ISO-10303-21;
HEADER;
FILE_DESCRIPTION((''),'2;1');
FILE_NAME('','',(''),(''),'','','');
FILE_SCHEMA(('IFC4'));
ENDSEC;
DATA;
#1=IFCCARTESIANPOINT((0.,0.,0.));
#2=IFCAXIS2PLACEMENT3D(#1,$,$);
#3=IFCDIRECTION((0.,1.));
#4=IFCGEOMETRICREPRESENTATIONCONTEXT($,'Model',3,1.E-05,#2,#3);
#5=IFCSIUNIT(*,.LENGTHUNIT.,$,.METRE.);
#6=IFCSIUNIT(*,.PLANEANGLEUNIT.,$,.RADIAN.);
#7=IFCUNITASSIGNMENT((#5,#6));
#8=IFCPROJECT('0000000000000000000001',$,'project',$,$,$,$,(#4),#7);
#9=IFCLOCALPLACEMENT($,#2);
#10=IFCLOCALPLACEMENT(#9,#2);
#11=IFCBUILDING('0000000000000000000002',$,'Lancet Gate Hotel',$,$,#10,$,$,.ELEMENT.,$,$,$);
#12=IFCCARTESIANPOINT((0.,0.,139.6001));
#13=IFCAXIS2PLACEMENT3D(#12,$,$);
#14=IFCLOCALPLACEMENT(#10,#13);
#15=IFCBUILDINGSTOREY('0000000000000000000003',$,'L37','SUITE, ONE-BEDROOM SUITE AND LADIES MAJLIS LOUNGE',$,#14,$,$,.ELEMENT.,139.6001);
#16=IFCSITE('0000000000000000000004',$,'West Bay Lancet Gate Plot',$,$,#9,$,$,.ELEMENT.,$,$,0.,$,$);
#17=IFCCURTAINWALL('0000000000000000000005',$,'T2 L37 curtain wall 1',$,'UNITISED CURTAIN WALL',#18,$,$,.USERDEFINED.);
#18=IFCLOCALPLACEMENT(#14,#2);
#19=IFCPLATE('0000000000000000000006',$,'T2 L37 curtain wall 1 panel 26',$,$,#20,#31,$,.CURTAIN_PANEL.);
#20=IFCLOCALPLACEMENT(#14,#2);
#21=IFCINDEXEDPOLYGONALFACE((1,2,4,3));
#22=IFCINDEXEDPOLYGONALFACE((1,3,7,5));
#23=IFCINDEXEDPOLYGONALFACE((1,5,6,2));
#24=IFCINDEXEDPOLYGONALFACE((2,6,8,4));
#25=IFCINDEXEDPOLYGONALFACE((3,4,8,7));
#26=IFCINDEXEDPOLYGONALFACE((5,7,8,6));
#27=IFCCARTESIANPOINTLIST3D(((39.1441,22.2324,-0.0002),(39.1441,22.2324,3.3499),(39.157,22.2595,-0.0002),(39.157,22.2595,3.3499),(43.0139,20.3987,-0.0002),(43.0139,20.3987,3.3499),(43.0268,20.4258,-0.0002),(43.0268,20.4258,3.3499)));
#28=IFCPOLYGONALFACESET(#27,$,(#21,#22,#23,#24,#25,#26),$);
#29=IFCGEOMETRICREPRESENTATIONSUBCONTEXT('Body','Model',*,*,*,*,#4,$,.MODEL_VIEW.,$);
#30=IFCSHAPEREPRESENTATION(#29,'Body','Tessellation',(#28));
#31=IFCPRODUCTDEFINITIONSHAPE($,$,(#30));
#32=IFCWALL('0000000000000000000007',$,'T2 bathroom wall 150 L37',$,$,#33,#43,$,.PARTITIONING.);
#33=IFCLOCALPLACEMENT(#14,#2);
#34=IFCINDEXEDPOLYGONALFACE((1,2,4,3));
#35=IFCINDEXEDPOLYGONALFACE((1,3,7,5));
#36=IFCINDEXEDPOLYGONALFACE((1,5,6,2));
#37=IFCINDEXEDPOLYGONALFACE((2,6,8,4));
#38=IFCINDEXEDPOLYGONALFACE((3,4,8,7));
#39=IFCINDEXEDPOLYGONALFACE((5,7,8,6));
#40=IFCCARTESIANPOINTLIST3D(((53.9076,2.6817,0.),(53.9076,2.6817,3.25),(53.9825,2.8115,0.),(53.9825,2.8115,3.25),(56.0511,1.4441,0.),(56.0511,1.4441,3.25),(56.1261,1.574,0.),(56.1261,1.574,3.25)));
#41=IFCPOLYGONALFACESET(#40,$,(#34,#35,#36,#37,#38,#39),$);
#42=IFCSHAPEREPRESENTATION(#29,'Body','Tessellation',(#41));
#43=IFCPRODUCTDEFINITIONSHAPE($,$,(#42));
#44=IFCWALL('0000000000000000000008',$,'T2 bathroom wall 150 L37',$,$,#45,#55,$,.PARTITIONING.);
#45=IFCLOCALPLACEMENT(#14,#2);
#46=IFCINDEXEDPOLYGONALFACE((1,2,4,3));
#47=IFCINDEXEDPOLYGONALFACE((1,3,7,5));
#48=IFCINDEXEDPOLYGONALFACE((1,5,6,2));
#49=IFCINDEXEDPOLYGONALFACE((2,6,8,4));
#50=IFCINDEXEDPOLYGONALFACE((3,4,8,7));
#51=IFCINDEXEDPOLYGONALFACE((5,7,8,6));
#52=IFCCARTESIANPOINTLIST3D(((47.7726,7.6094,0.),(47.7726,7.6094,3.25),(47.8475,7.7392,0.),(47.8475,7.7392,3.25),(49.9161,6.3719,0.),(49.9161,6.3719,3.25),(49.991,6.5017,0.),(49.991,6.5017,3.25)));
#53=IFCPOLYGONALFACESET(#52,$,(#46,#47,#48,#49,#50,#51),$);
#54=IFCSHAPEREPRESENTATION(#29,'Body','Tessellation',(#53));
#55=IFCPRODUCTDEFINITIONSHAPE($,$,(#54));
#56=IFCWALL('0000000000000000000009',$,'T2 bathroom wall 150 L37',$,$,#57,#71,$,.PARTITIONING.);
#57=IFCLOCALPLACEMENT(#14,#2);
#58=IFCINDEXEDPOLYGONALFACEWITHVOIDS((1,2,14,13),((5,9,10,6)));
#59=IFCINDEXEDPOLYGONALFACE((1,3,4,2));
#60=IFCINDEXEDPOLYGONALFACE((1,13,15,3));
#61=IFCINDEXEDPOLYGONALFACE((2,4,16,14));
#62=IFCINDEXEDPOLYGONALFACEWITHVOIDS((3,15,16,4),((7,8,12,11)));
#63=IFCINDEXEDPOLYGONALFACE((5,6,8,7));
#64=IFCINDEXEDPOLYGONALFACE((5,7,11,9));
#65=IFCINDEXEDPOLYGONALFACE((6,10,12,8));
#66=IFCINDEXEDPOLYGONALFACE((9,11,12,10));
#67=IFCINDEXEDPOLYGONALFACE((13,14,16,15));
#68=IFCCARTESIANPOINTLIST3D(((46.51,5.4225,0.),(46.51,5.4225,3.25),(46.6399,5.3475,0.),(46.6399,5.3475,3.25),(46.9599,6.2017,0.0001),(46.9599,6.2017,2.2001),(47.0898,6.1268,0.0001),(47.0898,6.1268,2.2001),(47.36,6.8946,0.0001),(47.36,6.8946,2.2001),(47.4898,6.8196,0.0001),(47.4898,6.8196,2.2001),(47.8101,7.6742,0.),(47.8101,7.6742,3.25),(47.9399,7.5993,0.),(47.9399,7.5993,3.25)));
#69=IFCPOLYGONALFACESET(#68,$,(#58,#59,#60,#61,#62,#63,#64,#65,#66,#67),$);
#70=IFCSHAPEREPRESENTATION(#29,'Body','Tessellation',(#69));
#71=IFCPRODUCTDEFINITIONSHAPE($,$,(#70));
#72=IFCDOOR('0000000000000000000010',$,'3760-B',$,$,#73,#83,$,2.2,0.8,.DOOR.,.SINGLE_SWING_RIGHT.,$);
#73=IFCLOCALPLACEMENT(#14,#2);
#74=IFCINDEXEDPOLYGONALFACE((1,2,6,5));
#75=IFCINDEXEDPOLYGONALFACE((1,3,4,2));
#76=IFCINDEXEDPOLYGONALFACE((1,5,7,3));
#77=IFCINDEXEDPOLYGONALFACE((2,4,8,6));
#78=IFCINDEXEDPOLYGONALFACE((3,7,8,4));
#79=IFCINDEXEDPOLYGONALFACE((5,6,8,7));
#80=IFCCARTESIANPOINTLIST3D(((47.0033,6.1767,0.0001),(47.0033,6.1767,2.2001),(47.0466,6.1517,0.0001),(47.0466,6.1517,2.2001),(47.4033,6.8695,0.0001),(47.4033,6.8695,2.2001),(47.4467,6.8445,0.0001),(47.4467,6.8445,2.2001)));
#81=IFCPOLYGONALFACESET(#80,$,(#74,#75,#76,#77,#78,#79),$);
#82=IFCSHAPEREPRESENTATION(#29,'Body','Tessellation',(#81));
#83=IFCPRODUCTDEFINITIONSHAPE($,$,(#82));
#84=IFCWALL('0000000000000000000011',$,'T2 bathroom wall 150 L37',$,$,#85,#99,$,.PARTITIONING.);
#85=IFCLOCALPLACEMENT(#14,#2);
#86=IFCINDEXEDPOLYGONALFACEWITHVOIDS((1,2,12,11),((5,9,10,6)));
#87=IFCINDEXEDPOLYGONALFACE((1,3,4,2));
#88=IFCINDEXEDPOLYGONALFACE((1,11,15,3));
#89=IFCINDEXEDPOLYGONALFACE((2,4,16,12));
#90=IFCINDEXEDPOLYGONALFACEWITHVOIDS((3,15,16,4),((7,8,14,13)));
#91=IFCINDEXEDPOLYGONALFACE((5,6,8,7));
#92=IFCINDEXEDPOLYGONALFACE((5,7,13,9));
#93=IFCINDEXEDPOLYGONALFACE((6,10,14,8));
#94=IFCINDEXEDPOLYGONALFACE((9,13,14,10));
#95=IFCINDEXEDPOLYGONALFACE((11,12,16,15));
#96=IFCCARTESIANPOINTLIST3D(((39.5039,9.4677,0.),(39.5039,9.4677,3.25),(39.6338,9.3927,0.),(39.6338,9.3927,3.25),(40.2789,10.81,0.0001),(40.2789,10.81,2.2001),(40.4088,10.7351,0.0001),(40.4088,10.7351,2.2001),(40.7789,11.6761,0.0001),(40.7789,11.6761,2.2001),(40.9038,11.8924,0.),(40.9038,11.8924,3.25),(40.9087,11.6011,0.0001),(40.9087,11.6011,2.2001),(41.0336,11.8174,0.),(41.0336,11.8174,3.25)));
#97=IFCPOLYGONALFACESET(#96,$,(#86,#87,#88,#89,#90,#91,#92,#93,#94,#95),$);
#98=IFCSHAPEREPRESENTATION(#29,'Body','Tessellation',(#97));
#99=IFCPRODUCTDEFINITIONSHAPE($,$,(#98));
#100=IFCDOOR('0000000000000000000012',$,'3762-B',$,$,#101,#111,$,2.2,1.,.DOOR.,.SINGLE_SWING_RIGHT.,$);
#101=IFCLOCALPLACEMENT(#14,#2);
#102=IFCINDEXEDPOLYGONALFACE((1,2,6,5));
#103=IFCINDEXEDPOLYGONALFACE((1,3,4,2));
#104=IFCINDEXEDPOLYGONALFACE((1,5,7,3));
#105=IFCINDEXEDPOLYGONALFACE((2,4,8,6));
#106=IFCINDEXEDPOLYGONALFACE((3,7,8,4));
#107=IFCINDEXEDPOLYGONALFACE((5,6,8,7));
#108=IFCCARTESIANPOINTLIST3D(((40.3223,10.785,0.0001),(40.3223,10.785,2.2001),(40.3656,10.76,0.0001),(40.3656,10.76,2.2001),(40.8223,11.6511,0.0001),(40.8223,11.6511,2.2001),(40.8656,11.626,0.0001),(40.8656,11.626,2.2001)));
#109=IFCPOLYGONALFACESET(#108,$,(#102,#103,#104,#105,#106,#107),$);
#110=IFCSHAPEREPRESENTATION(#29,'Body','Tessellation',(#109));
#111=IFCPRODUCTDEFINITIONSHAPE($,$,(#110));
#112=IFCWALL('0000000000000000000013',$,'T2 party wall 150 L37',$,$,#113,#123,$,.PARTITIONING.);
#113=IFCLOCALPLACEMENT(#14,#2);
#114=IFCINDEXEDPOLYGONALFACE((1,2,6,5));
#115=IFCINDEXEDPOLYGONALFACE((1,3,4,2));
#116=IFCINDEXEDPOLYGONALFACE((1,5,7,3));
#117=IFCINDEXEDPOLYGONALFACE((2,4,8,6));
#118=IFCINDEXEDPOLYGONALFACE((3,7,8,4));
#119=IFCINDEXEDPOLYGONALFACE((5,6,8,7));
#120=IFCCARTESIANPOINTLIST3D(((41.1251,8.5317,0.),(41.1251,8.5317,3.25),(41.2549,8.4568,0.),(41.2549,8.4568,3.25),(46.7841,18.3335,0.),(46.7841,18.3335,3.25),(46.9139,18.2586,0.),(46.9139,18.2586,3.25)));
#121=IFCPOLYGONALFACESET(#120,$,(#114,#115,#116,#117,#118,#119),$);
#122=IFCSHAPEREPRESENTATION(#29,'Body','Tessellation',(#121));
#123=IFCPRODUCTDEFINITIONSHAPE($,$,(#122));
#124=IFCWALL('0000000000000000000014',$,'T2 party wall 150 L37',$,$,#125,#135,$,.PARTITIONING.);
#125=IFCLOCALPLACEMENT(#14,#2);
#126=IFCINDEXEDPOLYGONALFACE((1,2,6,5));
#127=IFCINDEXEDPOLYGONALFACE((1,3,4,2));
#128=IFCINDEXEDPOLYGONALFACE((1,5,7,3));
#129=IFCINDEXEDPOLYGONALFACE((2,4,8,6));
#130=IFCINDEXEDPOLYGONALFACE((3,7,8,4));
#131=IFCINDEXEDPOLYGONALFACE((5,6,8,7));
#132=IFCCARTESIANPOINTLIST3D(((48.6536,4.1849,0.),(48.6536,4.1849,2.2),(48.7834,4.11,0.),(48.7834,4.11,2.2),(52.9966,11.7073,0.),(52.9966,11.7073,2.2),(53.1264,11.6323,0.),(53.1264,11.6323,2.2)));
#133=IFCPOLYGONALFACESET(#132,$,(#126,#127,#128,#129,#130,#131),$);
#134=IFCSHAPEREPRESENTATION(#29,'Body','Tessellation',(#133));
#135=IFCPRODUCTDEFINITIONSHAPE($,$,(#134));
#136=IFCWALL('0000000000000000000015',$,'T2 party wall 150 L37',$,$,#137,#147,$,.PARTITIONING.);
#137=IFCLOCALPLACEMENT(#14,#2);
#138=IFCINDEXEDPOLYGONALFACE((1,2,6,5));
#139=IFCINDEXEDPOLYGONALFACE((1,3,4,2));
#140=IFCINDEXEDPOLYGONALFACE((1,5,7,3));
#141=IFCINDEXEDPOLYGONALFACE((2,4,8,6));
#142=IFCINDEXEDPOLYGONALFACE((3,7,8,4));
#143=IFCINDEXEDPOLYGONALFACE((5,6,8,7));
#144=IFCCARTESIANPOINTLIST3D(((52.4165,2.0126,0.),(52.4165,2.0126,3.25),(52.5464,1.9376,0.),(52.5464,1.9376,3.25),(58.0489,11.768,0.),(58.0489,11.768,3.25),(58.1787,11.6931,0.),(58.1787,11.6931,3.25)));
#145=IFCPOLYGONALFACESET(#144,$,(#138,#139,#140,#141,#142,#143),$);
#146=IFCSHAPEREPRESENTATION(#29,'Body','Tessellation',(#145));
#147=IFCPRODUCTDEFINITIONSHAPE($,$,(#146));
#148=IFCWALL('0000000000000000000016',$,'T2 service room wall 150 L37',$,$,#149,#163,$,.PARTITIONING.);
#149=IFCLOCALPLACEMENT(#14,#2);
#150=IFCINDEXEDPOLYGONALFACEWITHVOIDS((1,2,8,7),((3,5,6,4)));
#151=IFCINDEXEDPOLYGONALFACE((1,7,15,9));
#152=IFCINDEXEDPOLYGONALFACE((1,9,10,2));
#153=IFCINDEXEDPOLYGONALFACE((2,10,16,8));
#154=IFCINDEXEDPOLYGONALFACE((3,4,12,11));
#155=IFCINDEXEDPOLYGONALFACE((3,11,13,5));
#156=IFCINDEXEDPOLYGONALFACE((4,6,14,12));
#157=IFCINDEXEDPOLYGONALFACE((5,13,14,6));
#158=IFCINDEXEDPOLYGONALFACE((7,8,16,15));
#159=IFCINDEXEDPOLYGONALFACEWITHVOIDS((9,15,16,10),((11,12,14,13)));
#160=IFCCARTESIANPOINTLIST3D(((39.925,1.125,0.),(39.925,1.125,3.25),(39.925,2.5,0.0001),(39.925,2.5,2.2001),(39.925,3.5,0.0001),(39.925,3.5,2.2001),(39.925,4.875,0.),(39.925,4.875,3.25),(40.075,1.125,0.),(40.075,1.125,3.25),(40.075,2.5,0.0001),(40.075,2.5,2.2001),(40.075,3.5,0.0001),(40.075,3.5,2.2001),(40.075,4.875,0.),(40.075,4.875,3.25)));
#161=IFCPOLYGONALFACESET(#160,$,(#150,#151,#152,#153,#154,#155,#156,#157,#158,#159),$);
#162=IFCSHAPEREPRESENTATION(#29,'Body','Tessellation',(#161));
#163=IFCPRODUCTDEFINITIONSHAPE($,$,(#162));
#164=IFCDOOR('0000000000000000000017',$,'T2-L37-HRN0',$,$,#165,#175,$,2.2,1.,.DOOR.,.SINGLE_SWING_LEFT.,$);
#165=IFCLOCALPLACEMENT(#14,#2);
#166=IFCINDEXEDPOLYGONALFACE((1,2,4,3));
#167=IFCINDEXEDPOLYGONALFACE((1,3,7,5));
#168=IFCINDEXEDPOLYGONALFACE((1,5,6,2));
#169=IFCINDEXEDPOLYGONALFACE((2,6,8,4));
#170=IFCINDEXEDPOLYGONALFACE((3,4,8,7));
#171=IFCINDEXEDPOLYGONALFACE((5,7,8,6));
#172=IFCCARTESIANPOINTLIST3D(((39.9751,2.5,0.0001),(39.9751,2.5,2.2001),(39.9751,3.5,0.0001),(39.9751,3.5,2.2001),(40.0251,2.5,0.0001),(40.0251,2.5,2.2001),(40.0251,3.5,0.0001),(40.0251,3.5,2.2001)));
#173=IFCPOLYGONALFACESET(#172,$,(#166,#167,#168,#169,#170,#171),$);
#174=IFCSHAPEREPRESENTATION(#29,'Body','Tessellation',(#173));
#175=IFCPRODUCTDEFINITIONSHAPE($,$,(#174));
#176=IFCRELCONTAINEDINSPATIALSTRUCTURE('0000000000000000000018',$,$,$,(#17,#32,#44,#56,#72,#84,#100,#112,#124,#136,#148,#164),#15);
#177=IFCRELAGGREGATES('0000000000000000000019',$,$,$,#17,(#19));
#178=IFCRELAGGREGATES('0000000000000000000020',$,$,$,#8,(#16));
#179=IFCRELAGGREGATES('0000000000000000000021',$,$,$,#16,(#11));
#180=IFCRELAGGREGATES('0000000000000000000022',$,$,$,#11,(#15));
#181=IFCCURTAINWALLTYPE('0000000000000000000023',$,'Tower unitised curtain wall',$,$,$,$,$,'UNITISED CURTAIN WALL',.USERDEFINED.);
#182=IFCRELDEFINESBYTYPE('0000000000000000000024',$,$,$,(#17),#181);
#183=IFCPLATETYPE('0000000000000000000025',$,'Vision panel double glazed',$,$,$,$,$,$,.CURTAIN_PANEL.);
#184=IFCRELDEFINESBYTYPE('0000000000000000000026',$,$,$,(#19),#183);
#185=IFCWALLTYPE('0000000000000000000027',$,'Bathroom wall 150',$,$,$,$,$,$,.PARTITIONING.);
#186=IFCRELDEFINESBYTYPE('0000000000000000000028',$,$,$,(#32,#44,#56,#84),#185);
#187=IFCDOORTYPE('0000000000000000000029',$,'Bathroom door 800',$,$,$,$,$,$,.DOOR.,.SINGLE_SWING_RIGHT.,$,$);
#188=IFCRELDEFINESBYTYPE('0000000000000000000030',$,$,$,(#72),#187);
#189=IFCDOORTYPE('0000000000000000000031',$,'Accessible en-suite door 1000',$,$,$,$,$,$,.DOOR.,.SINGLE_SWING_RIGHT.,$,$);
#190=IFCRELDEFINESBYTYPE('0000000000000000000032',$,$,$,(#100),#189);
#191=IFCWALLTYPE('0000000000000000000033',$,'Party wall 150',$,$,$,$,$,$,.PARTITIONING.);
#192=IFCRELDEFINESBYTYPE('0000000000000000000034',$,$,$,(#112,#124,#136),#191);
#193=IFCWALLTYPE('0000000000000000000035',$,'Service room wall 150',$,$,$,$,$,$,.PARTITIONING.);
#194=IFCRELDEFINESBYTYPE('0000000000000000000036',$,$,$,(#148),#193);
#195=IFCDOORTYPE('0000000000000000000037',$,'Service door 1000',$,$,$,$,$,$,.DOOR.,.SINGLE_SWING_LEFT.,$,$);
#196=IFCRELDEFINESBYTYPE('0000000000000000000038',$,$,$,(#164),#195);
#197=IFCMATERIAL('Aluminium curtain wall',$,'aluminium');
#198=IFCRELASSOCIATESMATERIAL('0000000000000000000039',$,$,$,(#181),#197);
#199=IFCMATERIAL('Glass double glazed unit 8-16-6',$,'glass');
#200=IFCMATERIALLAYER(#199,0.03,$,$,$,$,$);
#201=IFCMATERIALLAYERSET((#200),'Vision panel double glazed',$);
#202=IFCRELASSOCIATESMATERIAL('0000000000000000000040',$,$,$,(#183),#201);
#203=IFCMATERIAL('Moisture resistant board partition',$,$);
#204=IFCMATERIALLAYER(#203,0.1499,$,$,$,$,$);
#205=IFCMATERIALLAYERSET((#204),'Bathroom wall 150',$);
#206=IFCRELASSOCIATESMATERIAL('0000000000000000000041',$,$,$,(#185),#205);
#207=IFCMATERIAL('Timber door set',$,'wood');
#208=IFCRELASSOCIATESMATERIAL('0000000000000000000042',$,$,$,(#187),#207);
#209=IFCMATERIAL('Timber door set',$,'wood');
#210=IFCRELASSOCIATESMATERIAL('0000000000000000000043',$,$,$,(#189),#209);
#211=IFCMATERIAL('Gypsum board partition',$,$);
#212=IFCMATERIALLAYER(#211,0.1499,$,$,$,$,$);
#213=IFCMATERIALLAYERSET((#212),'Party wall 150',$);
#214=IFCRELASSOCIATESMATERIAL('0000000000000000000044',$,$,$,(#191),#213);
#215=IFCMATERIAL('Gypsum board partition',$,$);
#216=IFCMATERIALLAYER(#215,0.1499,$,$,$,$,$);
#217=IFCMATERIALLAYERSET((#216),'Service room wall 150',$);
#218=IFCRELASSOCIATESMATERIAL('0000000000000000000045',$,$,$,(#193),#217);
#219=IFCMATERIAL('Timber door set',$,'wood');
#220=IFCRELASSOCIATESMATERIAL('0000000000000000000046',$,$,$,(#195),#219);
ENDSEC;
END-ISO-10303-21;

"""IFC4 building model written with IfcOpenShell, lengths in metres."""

from ifc_helpers import new_model, si_unit, direction, frame, frame_2d, origin, origin_2d, place, context, subcontext, project, spatial, rectangle, extrude, material, layer, layer_set, type_object, element, fill, aggregate, save


model = new_model("IFC4")

# Units and contexts
model_context = context("Model", 3, precision=1e-05, world=origin(), true_north=direction((0.0, 1.0)))
body_context = subcontext(model_context, "Body", "Model", "MODEL_VIEW")
ifc_project = project(units=[si_unit("LENGTHUNIT", "METRE"), si_unit("PLANEANGLEUNIT", "RADIAN")], contexts=[model_context])

# Site, building, storey
site_placement = place(None, origin())
site = spatial("IfcSite", under=ifc_project, at=site_placement, Name="West Bay Lancet Gate Plot", CompositionType="ELEMENT", RefElevation=0.0)
building_placement = place(site_placement, origin())
building = spatial("IfcBuilding", under=site, at=building_placement, Name="Lancet Gate Hotel", CompositionType="ELEMENT")
storey_placement = place(building_placement, frame((0.0, 0.0, 139.6001)))
storey = spatial("IfcBuildingStorey", under=building, at=storey_placement, Name="L37", Description="SUITE, ONE-BEDROOM SUITE AND LADIES MAJLIS LOUNGE", CompositionType="ELEMENT", Elevation=139.6001)

# Curtain wall
ifc_material_1 = material(Name="Aluminium curtain wall", Category="aluminium")
curtain_wall_type = type_object("IfcCurtainWallType", Name="Tower unitised curtain wall", ElementType="UNITISED CURTAIN WALL", PredefinedType="USERDEFINED", material=ifc_material_1)
curtain_wall_placement = place(storey_placement, origin())
curtain_wall = element("IfcCurtainWall", 1, at=curtain_wall_placement, inside=storey, type_object=curtain_wall_type, Name="T2 L37 curtain wall 1", ObjectType="UNITISED CURTAIN WALL", PredefinedType="USERDEFINED")

# Plate
ifc_material_2 = material(Name="Glass double glazed unit 8-16-6", Category="glass")
ifc_layer_1 = layer(ifc_material_2, 0.03)
ifc_layer_set_1 = layer_set([ifc_layer_1], Name="Vision panel double glazed")
plate_type = type_object("IfcPlateType", Name="Vision panel double glazed", PredefinedType="CURTAIN_PANEL", material=ifc_layer_set_1)
plate_1_placement = place(storey_placement, frame((41.0854, 21.3291, -0.0002), z_axis=(0.0, 0.0, 1.0), x_axis=(-0.903683, 0.428201, 0.0)))
plate_1 = element("IfcPlate", 2, at=plate_1_placement, type_object=plate_type, Name="T2 L37 curtain wall 1 panel 26", PredefinedType="CURTAIN_PANEL", context=body_context, shape_type="SweptSolid", body=[
    extrude(rectangle(XDim=4.2822, YDim=0.03, at=origin_2d()), origin(), (0.0, 0.0, 1.0), 3.3501),
])
aggregate(curtain_wall, [plate_1])

# Walls
ifc_material_3 = material(Name="Moisture resistant board partition")
ifc_layer_2 = layer(ifc_material_3, 0.1499)
ifc_layer_set_2 = layer_set([ifc_layer_2], Name="Bathroom wall 150")
wall_type_1 = type_object("IfcWallType", Name="Bathroom wall 150", PredefinedType="PARTITIONING", material=ifc_layer_set_2)
for number, where, z_axis, x_axis, name in (
    (3, (53.9451, 2.7466, 0.0), (0.0, 0.0, 1.0), (0.866031, -0.49999, 0.0), "T2 bathroom wall 150 L37"),
    (4, (47.8101, 7.6743, 0.0), (0.0, 0.0, 1.0), (0.866031, -0.49999, 0.0), "T2 bathroom wall 150 L37"),
):
    element("IfcWall", number, at=place(storey_placement, frame(where, z_axis=z_axis, x_axis=x_axis)), inside=storey, type_object=wall_type_1, Name=name, PredefinedType="PARTITIONING", context=body_context, shape_type="SweptSolid", body=[
        extrude(rectangle(XDim=2.4751, YDim=0.1499, at=frame_2d((1.2375, 0.0))), origin(), (0.0, 0.0, 1.0), 3.25),
    ])

# Walls, openings, doors
wall_1_placement = place(storey_placement, frame((46.575, 5.385, 0.0), z_axis=(0.0, 0.0, 1.0), x_axis=(0.500007, 0.866021, 0.0)))
wall_1 = element("IfcWall", 5, at=wall_1_placement, inside=storey, type_object=wall_type_1, Name="T2 bathroom wall 150 L37", PredefinedType="PARTITIONING", context=body_context, shape_type="SweptSolid", body=[
    extrude(rectangle(XDim=2.6001, YDim=0.1499, at=frame_2d((1.3, 0.0))), origin(), (0.0, 0.0, 1.0), 3.25),
])
opening_1_placement = place(wall_1_placement, frame((0.8999, 0.0, 0.0)))
opening_1 = element("IfcOpeningElement", 6, at=opening_1_placement, cuts=wall_1, PredefinedType="OPENING", context=body_context, shape_type="SweptSolid", body=[
    extrude(rectangle(XDim=0.8, YDim=2.2, at=frame_2d((0.3999, 1.1001))), frame((0.0, 0.085, 0.0), z_axis=(0.0, -1.0, 0.0), x_axis=(1.0, 0.0, 0.0)), (0.0, 0.0, 1.0), 0.1699),
])
ifc_material_4 = material(Name="Timber door set", Category="wood")
door_type_1 = type_object("IfcDoorType", Name="Bathroom door 800", OperationType="SINGLE_SWING_RIGHT", PredefinedType="DOOR", material=ifc_material_4)
door_1_placement = place(opening_1_placement, origin())
door_1 = element("IfcDoor", 7, at=door_1_placement, inside=storey, type_object=door_type_1, Name="3760-B", OperationType="SINGLE_SWING_RIGHT", OverallHeight=2.2, OverallWidth=0.8, PredefinedType="DOOR", context=body_context, shape_type="SweptSolid", body=[
    extrude(rectangle(XDim=0.8, YDim=2.2, at=frame_2d((0.3999, 1.1001))), frame((0.0, 0.0249, 0.0), z_axis=(0.0, -1.0, 0.0), x_axis=(1.0, 0.0, 0.0)), (0.0, 0.0, 1.0), 0.05),
])
fill(opening_1, door_1)
wall_2_placement = place(storey_placement, frame((39.5688, 9.4302, 0.0), z_axis=(0.0, 0.0, 1.0), x_axis=(0.499984, 0.866035, 0.0)))
wall_2 = element("IfcWall", 8, at=wall_2_placement, inside=storey, type_object=wall_type_1, Name="T2 bathroom wall 150 L37", PredefinedType="PARTITIONING", context=body_context, shape_type="SweptSolid", body=[
    extrude(rectangle(XDim=2.7998, YDim=0.1499, at=frame_2d((1.3999, 0.0))), origin(), (0.0, 0.0, 1.0), 3.25),
])
opening_2_placement = place(wall_2_placement, frame((1.55, 0.0, 0.0)))
opening_2 = element("IfcOpeningElement", 9, at=opening_2_placement, cuts=wall_2, PredefinedType="OPENING", context=body_context, shape_type="SweptSolid", body=[
    extrude(rectangle(XDim=1.0, YDim=2.2, at=frame_2d((0.5, 1.1001))), frame((0.0, 0.085, 0.0), z_axis=(0.0, -1.0, 0.0), x_axis=(1.0, 0.0, 0.0)), (0.0, 0.0, 1.0), 0.1699),
])
ifc_material_5 = material(Name="Timber door set", Category="wood")
door_type_2 = type_object("IfcDoorType", Name="Accessible en-suite door 1000", OperationType="SINGLE_SWING_RIGHT", PredefinedType="DOOR", material=ifc_material_5)
door_2_placement = place(opening_2_placement, origin())
door_2 = element("IfcDoor", 10, at=door_2_placement, inside=storey, type_object=door_type_2, Name="3762-B", OperationType="SINGLE_SWING_RIGHT", OverallHeight=2.2, OverallWidth=1.0, PredefinedType="DOOR", context=body_context, shape_type="SweptSolid", body=[
    extrude(rectangle(XDim=1.0, YDim=2.2, at=frame_2d((0.5, 1.1001))), frame((0.0, 0.0249, 0.0), z_axis=(0.0, -1.0, 0.0), x_axis=(1.0, 0.0, 0.0)), (0.0, 0.0, 1.0), 0.05),
])
fill(opening_2, door_2)

# Walls
ifc_material_6 = material(Name="Gypsum board partition")
ifc_layer_3 = layer(ifc_material_6, 0.1499)
ifc_layer_set_3 = layer_set([ifc_layer_3], Name="Party wall 150")
wall_type_2 = type_object("IfcWallType", Name="Party wall 150", PredefinedType="PARTITIONING", material=ifc_layer_set_3)
wall_3_placement = place(storey_placement, frame((41.1899, 8.4941, 0.0), z_axis=(0.0, 0.0, 1.0), x_axis=(0.499993, 0.86603, 0.0)))
element("IfcWall", 11, at=wall_3_placement, inside=storey, type_object=wall_type_2, Name="T2 party wall 150 L37", PredefinedType="PARTITIONING", context=body_context, shape_type="SweptSolid", body=[
    extrude(rectangle(XDim=11.3181, YDim=0.1499, at=frame_2d((5.6592, 0.0))), origin(), (0.0, 0.0, 1.0), 3.25),
])
wall_4_placement = place(storey_placement, frame((48.7185, 4.1475, 0.0), z_axis=(0.0, 0.0, 1.0), x_axis=(0.499993, 0.866029, 0.0)))
element("IfcWall", 12, at=wall_4_placement, inside=storey, type_object=wall_type_2, Name="T2 party wall 150 L37", PredefinedType="PARTITIONING", context=body_context, shape_type="SweptSolid", body=[
    extrude(rectangle(XDim=8.686, YDim=0.1499, at=frame_2d((4.343, 0.0))), origin(), (0.0, 0.0, 1.0), 2.2),
])
wall_5_placement = place(storey_placement, frame((52.4814, 1.9751, 0.0), z_axis=(0.0, 0.0, 1.0), x_axis=(0.500004, 0.866023, 0.0)))
element("IfcWall", 13, at=wall_5_placement, inside=storey, type_object=wall_type_2, Name="T2 party wall 150 L37", PredefinedType="PARTITIONING", context=body_context, shape_type="SweptSolid", body=[
    extrude(rectangle(XDim=11.2646, YDim=0.1499, at=frame_2d((5.6323, 0.0))), origin(), (0.0, 0.0, 1.0), 3.25),
])

# Wall, opening, door
ifc_material_7 = material(Name="Gypsum board partition")
ifc_layer_4 = layer(ifc_material_7, 0.1499)
ifc_layer_set_4 = layer_set([ifc_layer_4], Name="Service room wall 150")
wall_type_3 = type_object("IfcWallType", Name="Service room wall 150", PredefinedType="PARTITIONING", material=ifc_layer_set_4)
wall_6_placement = place(storey_placement, frame((40.0, 1.125, 0.0), z_axis=(0.0, 0.0, 1.0), x_axis=(0.0, 1.0, 0.0)))
wall_6 = element("IfcWall", 14, at=wall_6_placement, inside=storey, type_object=wall_type_3, Name="T2 service room wall 150 L37", PredefinedType="PARTITIONING", context=body_context, shape_type="SweptSolid", body=[
    extrude(rectangle(XDim=3.75, YDim=0.1499, at=frame_2d((1.875, 0.0))), origin(), (0.0, 0.0, 1.0), 3.25),
])
opening_3_placement = place(wall_6_placement, frame((1.375, 0.0, 0.0)))
opening_3 = element("IfcOpeningElement", 15, at=opening_3_placement, cuts=wall_6, PredefinedType="OPENING", context=body_context, shape_type="SweptSolid", body=[
    extrude(rectangle(XDim=1.0, YDim=2.2, at=frame_2d((0.5, 1.1001))), frame((0.0, 0.085, 0.0), z_axis=(0.0, -1.0, 0.0), x_axis=(1.0, 0.0, 0.0)), (0.0, 0.0, 1.0), 0.1699),
])
ifc_material_8 = material(Name="Timber door set", Category="wood")
door_type_3 = type_object("IfcDoorType", Name="Service door 1000", OperationType="SINGLE_SWING_LEFT", PredefinedType="DOOR", material=ifc_material_8)
door_3_placement = place(opening_3_placement, origin())
door_3 = element("IfcDoor", 16, at=door_3_placement, inside=storey, type_object=door_type_3, Name="T2-L37-HRN0", OperationType="SINGLE_SWING_LEFT", OverallHeight=2.2, OverallWidth=1.0, PredefinedType="DOOR", context=body_context, shape_type="SweptSolid", body=[
    extrude(rectangle(XDim=1.0, YDim=2.2, at=frame_2d((0.5, 1.1001))), frame((0.0, 0.0249, 0.0), z_axis=(0.0, -1.0, 0.0), x_axis=(1.0, 0.0, 0.0)), (0.0, 0.0, 1.0), 0.05),
])
fill(opening_3, door_3)

save(model, "model.ifc")
